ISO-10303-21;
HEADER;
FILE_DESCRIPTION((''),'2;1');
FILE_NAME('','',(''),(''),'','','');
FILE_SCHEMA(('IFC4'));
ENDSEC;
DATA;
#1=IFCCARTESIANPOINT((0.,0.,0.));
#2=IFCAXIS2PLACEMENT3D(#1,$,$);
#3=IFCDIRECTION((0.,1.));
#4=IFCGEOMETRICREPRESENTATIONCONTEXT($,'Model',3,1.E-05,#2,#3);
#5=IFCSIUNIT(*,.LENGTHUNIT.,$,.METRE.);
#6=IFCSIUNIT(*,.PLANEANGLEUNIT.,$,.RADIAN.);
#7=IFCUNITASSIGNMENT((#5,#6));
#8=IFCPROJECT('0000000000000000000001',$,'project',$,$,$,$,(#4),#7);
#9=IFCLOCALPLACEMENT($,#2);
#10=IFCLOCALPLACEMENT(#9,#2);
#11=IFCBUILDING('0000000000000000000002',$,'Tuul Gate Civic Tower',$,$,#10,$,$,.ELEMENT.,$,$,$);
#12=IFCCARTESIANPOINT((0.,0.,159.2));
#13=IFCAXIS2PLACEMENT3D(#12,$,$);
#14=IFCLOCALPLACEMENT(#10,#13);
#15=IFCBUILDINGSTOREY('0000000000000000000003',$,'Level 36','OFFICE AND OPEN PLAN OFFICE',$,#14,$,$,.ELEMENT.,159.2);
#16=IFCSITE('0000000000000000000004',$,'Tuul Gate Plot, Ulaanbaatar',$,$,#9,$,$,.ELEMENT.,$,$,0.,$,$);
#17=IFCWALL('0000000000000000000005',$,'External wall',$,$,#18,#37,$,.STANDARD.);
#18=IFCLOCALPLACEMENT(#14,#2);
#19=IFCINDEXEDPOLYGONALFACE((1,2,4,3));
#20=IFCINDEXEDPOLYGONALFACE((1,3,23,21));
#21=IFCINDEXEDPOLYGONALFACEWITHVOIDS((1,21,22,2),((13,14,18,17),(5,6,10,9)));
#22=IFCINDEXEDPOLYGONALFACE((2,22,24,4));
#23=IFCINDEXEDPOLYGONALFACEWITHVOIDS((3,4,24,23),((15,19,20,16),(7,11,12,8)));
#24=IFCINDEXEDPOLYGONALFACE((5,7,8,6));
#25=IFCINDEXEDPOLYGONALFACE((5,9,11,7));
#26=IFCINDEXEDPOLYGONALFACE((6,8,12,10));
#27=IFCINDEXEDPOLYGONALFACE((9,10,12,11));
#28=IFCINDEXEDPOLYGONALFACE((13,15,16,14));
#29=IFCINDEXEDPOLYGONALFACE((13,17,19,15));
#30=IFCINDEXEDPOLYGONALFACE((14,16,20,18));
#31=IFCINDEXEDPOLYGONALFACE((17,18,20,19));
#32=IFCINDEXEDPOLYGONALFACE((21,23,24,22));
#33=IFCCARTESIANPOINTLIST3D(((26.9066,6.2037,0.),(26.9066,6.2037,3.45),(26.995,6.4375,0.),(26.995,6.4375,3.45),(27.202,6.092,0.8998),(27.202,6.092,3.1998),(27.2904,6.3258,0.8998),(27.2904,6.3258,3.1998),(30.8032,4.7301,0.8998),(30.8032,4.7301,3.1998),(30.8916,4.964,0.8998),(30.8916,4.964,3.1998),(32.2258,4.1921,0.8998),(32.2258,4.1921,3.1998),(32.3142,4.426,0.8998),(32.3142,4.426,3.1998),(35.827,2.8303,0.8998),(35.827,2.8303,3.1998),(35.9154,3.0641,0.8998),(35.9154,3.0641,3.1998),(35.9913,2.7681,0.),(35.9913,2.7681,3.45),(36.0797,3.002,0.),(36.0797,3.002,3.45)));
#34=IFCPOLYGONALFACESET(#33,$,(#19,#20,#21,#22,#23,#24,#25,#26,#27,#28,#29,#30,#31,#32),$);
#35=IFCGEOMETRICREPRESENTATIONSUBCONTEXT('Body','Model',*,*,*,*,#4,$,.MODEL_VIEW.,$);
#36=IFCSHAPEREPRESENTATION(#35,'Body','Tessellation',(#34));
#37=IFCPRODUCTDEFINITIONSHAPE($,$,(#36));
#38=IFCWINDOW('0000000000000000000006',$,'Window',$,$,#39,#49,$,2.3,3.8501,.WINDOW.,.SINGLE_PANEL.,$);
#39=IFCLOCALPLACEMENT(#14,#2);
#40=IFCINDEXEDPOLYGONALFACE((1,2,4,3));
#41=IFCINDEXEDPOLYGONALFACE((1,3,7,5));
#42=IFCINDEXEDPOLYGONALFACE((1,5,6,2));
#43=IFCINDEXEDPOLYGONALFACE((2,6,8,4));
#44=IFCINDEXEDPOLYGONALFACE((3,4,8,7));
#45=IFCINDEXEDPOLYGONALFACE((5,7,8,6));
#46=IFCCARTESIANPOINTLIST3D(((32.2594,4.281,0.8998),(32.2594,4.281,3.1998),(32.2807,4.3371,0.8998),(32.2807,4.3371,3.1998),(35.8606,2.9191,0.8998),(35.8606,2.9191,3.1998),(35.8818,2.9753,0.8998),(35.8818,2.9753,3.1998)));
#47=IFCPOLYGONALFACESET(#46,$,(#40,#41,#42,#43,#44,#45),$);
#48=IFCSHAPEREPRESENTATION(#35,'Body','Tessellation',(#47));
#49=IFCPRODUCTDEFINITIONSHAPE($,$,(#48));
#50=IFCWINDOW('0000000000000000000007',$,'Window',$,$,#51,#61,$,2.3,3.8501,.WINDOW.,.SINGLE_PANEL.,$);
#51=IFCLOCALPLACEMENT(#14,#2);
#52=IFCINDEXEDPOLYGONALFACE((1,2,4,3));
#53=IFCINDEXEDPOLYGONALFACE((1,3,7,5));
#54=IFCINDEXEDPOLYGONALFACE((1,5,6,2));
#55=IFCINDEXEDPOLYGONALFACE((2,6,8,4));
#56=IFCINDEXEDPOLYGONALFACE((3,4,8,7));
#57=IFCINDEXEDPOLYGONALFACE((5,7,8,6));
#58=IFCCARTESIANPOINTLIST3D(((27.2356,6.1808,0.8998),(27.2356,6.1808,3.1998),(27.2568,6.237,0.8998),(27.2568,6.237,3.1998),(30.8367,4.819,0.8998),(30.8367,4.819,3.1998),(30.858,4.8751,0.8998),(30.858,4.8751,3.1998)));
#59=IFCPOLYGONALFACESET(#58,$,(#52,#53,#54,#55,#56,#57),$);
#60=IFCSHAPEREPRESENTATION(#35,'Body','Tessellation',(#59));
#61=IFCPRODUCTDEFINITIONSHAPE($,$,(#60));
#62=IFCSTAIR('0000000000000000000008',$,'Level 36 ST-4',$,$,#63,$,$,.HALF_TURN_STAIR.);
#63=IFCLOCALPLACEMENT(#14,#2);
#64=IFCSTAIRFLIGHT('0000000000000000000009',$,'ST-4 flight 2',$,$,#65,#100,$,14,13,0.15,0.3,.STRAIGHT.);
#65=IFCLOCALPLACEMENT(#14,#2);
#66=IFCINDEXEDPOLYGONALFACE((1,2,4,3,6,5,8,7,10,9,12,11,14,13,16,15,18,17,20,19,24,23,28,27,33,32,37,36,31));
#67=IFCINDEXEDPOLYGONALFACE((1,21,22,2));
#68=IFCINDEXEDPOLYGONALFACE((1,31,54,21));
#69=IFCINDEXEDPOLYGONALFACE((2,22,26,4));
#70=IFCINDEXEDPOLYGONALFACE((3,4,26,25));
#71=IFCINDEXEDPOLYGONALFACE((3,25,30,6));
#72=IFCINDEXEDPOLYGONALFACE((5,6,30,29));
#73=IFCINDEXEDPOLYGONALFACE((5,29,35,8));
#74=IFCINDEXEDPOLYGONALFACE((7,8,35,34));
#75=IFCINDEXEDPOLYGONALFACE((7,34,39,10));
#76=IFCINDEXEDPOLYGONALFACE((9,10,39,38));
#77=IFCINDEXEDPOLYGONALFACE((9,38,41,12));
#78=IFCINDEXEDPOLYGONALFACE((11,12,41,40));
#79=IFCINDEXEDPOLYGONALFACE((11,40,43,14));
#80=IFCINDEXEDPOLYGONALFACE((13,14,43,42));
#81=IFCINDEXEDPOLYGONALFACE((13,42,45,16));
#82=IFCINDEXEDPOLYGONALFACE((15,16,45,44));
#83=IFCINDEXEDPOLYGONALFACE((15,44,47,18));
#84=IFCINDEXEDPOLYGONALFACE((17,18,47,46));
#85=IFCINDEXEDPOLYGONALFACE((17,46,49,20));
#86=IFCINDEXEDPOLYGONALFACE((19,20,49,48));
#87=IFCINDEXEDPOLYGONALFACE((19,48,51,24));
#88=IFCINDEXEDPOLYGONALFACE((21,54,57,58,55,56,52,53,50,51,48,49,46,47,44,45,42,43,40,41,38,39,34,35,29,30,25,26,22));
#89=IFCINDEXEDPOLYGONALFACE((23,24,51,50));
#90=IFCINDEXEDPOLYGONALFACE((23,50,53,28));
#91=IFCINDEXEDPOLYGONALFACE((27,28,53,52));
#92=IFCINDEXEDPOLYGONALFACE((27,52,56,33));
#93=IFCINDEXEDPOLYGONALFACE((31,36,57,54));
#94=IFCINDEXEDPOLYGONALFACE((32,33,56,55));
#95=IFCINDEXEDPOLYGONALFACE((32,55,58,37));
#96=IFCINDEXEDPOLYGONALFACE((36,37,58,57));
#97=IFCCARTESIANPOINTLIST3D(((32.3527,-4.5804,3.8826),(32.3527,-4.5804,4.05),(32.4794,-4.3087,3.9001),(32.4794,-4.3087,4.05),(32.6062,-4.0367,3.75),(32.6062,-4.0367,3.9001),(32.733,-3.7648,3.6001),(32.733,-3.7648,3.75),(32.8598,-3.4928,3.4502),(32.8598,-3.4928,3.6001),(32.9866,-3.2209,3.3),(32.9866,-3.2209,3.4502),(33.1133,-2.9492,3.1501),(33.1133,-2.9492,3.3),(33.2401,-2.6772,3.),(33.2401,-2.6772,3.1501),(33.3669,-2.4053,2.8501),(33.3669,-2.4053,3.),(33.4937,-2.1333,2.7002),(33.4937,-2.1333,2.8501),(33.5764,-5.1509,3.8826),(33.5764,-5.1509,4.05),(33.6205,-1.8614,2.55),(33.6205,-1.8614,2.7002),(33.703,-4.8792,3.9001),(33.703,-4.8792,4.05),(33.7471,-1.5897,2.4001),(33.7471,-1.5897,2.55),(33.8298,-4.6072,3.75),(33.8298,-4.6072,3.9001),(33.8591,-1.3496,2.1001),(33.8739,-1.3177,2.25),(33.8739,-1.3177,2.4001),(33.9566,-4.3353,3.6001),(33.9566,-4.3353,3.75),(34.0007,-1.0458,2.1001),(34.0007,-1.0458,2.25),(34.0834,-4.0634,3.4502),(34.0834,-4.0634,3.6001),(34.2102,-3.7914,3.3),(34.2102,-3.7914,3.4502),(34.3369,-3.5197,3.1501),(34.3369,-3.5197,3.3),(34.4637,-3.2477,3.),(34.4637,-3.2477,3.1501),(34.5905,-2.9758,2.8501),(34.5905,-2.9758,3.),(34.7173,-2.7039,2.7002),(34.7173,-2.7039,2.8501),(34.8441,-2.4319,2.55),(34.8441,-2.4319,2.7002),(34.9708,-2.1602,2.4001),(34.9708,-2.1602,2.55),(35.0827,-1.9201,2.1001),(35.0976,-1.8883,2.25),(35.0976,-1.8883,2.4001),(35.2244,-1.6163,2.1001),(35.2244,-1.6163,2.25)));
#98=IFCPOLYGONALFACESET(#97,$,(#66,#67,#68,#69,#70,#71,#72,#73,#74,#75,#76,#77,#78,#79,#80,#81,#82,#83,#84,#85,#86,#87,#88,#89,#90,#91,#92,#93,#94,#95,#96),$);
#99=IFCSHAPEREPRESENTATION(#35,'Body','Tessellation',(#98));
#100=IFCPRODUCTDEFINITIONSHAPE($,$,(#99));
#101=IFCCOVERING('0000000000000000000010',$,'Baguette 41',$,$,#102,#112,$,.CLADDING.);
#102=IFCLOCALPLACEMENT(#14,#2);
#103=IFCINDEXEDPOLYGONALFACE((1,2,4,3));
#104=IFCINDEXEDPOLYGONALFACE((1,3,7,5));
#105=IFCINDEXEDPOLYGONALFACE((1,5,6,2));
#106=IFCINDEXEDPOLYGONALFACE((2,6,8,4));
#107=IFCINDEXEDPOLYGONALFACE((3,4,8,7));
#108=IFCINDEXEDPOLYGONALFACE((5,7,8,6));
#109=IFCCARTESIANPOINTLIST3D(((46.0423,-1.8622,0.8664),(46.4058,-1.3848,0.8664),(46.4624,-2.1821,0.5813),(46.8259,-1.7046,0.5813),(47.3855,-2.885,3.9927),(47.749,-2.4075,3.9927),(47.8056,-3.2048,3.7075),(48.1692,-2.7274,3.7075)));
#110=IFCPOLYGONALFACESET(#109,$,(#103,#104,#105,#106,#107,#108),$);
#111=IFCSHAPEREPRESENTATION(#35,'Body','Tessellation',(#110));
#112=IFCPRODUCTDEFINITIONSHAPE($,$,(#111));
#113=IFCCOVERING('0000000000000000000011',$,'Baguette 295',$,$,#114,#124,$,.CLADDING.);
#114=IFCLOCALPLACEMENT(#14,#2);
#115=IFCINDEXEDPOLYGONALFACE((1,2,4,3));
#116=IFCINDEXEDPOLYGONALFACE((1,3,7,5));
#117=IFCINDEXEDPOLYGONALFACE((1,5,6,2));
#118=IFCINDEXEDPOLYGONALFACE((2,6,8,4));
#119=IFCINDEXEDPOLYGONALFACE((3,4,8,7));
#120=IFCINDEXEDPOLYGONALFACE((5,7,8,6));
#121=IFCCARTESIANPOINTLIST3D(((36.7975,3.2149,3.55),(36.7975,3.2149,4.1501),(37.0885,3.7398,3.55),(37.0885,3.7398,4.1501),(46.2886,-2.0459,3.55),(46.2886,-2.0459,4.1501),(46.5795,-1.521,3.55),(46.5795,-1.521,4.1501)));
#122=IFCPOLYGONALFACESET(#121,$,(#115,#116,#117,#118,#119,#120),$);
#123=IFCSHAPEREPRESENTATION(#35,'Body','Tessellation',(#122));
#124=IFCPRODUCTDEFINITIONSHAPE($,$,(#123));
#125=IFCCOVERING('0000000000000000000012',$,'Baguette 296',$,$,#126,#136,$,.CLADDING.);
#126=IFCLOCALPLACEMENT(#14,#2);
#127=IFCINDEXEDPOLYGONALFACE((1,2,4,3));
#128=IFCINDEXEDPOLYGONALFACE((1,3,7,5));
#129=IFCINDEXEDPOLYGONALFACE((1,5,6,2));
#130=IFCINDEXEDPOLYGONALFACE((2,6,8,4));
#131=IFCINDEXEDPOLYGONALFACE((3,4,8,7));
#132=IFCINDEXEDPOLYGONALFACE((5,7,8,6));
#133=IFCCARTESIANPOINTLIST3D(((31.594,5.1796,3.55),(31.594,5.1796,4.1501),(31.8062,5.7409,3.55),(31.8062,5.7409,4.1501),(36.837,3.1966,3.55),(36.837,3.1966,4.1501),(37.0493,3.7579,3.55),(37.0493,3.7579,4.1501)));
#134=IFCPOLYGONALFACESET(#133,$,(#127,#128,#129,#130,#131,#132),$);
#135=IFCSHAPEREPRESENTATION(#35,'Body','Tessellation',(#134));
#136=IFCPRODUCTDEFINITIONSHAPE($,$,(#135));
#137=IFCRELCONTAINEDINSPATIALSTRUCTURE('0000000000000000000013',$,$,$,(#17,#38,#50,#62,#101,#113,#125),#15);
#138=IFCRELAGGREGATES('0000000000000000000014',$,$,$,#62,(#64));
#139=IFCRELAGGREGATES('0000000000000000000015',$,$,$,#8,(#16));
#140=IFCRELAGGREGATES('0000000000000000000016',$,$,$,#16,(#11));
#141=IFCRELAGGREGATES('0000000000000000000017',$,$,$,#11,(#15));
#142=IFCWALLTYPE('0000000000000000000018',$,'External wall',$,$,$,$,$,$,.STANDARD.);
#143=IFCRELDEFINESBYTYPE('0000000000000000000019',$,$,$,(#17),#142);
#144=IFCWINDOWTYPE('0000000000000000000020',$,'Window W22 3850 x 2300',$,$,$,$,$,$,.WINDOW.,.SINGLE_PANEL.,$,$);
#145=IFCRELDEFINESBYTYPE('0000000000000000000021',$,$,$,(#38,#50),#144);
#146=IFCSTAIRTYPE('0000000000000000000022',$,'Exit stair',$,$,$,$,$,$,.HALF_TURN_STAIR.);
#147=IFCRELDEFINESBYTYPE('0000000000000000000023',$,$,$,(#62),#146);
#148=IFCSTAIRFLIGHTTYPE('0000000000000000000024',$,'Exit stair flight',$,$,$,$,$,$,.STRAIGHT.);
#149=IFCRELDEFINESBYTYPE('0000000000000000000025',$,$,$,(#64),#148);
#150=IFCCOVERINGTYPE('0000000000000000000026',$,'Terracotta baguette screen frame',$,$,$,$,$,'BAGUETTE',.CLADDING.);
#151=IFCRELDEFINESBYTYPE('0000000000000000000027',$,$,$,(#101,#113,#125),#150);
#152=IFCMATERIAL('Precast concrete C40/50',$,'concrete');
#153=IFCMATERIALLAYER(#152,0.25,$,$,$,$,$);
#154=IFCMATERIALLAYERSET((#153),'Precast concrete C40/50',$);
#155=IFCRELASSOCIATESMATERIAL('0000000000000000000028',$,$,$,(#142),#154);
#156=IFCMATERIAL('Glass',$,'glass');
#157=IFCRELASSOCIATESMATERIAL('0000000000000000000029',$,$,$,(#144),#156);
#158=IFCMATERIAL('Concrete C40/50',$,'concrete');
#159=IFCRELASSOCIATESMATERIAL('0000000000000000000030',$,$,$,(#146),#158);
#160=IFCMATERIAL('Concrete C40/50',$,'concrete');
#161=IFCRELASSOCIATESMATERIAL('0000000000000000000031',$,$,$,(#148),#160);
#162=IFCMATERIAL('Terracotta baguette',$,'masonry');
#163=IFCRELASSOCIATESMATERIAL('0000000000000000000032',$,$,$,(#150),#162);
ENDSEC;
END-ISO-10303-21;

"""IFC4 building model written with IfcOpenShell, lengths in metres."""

from ifc_helpers import new_model, si_unit, direction, frame, frame_2d, origin, origin_2d, place, context, subcontext, project, spatial, polyline, rectangle, outline, extrude, material, layer, layer_set, material_profile, profile_set, type_object, element, fill, aggregate, save


model = new_model("IFC4")

# Units and contexts
model_context = context("Model", 3, precision=1e-05, world=origin(), true_north=direction((0.0, 1.0)))
body_context = subcontext(model_context, "Body", "Model", "MODEL_VIEW")
ifc_project = project(units=[si_unit("LENGTHUNIT", "METRE"), si_unit("PLANEANGLEUNIT", "RADIAN")], contexts=[model_context])

# Site, building, storey
site_placement = place(None, origin())
site = spatial("IfcSite", under=ifc_project, at=site_placement, Name="Tuul Gate Plot, Ulaanbaatar", CompositionType="ELEMENT", RefElevation=0.0)
building_placement = place(site_placement, origin())
building = spatial("IfcBuilding", under=site, at=building_placement, Name="Tuul Gate Civic Tower", CompositionType="ELEMENT")
storey_placement = place(building_placement, frame((0.0, 0.0, 159.2)))
storey = spatial("IfcBuildingStorey", under=building, at=storey_placement, Name="Level 36", Description="OFFICE AND OPEN PLAN OFFICE", CompositionType="ELEMENT", Elevation=159.2)

# Wall, openings, windows
ifc_material_1 = material(Name="Precast concrete C40/50", Category="concrete")
ifc_layer_1 = layer(ifc_material_1, 0.25)
ifc_layer_set_1 = layer_set([ifc_layer_1], Name="Precast concrete C40/50")
wall_type_1 = type_object("IfcWallType", Name="External wall", PredefinedType="STANDARD", material=ifc_layer_set_1)
ifc_material_2 = material(Name="Glass", Category="glass")
window_type = type_object("IfcWindowType", Name="Window W22 3850 x 2300", PartitioningType="SINGLE_PANEL", PredefinedType="WINDOW", material=ifc_material_2)
wall_1_placement = place(storey_placement, frame((36.0356, 2.885, 0.0), z_axis=(0.0, 0.0, 1.0), x_axis=(-0.935351, 0.35372, 0.0)))
wall_1 = element("IfcWall", 1, at=wall_1_placement, inside=storey, type_object=wall_type_1, Name="External wall", PredefinedType="STANDARD", context=body_context, shape_type="SweptSolid", body=[
    extrude(rectangle(XDim=9.7126, YDim=0.25, at=frame_2d((4.8564, 0.0))), origin(), (0.0, 0.0, 1.0), 3.45),
])
opening_1_placement = place(wall_1_placement, frame((0.1758, 0.0, 0.8999)))
opening_1 = element("IfcOpeningElement", 2, at=opening_1_placement, cuts=wall_1, PredefinedType="OPENING", context=body_context, shape_type="SweptSolid", body=[
    extrude(rectangle(XDim=3.8501, YDim=2.3, at=frame_2d((1.925, 1.1499))), frame((0.0, 0.135, 0.0), z_axis=(0.0, -1.0, 0.0), x_axis=(1.0, 0.0, 0.0)), (0.0, 0.0, 1.0), 0.27),
])
opening_2_placement = place(wall_1_placement, frame((5.5469, 0.0, 0.8999)))
opening_2 = element("IfcOpeningElement", 3, at=opening_2_placement, cuts=wall_1, PredefinedType="OPENING", context=body_context, shape_type="SweptSolid", body=[
    extrude(rectangle(XDim=3.8501, YDim=2.3, at=frame_2d((1.925, 1.1499))), frame((0.0, 0.135, 0.0), z_axis=(0.0, -1.0, 0.0), x_axis=(1.0, 0.0, 0.0)), (0.0, 0.0, 1.0), 0.27),
])
window_1_placement = place(opening_1_placement, origin())
window_1 = element("IfcWindow", 4, at=window_1_placement, inside=storey, type_object=window_type, Name="Window", OverallHeight=2.3, OverallWidth=3.8501, PartitioningType="SINGLE_PANEL", PredefinedType="WINDOW", context=body_context, shape_type="SweptSolid", body=[
    extrude(rectangle(XDim=3.8501, YDim=2.3, at=frame_2d((1.925, 1.1499))), frame((0.0, 0.03, 0.0), z_axis=(0.0, -1.0, 0.0), x_axis=(1.0, 0.0, 0.0)), (0.0, 0.0, 1.0), 0.0601),
])
fill(opening_1, window_1)
window_2_placement = place(opening_2_placement, origin())
window_2 = element("IfcWindow", 5, at=window_2_placement, inside=storey, type_object=window_type, Name="Window", OverallHeight=2.3, OverallWidth=3.8501, PartitioningType="SINGLE_PANEL", PredefinedType="WINDOW", context=body_context, shape_type="SweptSolid", body=[
    extrude(rectangle(XDim=3.8501, YDim=2.3, at=frame_2d((1.925, 1.1499))), frame((0.0, 0.03, 0.0), z_axis=(0.0, -1.0, 0.0), x_axis=(1.0, 0.0, 0.0)), (0.0, 0.0, 1.0), 0.0601),
])
fill(opening_2, window_2)

# Stair, stair flight
ifc_material_3 = material(Name="Concrete C40/50", Category="concrete")
stair_type = type_object("IfcStairType", Name="Exit stair", PredefinedType="HALF_TURN_STAIR", material=ifc_material_3)
stair_placement = place(storey_placement, origin())
stair = element("IfcStair", 6, at=stair_placement, inside=storey, type_object=stair_type, Name="Level 36 ST-4", PredefinedType="HALF_TURN_STAIR")
ifc_material_4 = material(Name="Concrete C40/50", Category="concrete")
stair_flight_type = type_object("IfcStairFlightType", Name="Exit stair flight", PredefinedType="STRAIGHT", material=ifc_material_4)
stair_flight_placement = place(storey_placement, frame((34.6125, -1.3311, 2.1001), z_axis=(0.0, 0.0, 1.0), x_axis=(-0.422576, -0.906327, 0.0)))
stair_flight = element("IfcStairFlight", 7, at=stair_flight_placement, type_object=stair_flight_type, Name="ST-4 flight 2", NumberOfRisers=14, NumberOfTreads=13, PredefinedType="STRAIGHT", RiserHeight=0.15, TreadLength=0.3, context=body_context, shape_type="SweptSolid", body=[
    extrude(outline(polyline([(0.0, 0.0), (0.0, 0.1499), (0.3, 0.1499), (0.3, 0.3), (0.6001, 0.3), (0.6001, 0.45), (0.8999, 0.45), (0.8999, 0.6001), (1.2, 0.6001), (1.2, 0.75), (1.5, 0.75), (1.5, 0.8999), (1.8, 0.8999), (1.8, 1.05), (2.1001, 1.05), (2.1001, 1.2), (2.3999, 1.2), (2.3999, 1.3501), (2.7, 1.3501), (2.7, 1.5), (3.0, 1.5), (3.0, 1.6499), (3.3, 1.6499), (3.3, 1.8), (3.6001, 1.8), (3.6001, 1.95), (3.8999, 1.95), (3.8999, 2.1001), (3.8999, 1.7825), (0.3352, 0.0), (0.0, 0.0)])), frame((0.0, 0.675, 0.0), z_axis=(0.0, -1.0, 0.0), x_axis=(1.0, 0.0, 0.0)), (0.0, 0.0, 1.0), 1.3501),
])
aggregate(stair, [stair_flight])

# Coverings
ifc_material_5 = material(Name="Terracotta baguette", Category="masonry")
ifc_material_profile_1 = material_profile(ifc_material_5, rectangle(XDim=0.6001, YDim=0.6001, at=origin_2d()), Name="Terracotta baguette screen frame")
ifc_profile_set_1 = profile_set([ifc_material_profile_1], Name="Terracotta baguette")
covering_type = type_object("IfcCoveringType", Name="Terracotta baguette screen frame", ElementType="BAGUETTE", PredefinedType="CLADDING", material=ifc_profile_set_1)
covering_1_placement = place(storey_placement, frame((47.7773, -2.8062, 3.8501), z_axis=(-0.378068, 0.287846, -0.879892), x_axis=(-0.605769, -0.795641, 0.0)))
element("IfcCovering", 8, at=covering_1_placement, inside=storey, type_object=covering_type, Name="Baguette 41", PredefinedType="CLADDING", context=body_context, shape_type="SweptSolid", body=[
    extrude(rectangle(XDim=0.6001, YDim=0.6001, at=origin_2d()), origin(), (0.0, 0.0, 1.0), 3.553),
])
covering_2_placement = place(storey_placement, frame((46.4341, -1.7834, 3.8501), z_axis=(-0.874627, 0.484796, 0.0), x_axis=(-0.484796, -0.874627, 0.0)))
element("IfcCovering", 9, at=covering_2_placement, inside=storey, type_object=covering_type, Name="Baguette 295", PredefinedType="CLADDING", context=body_context, shape_type="SweptSolid", body=[
    extrude(rectangle(XDim=0.6001, YDim=0.6001, at=origin_2d()), origin(), (0.0, 0.0, 1.0), 10.8516),
])
covering_3_placement = place(storey_placement, frame((36.9431, 3.4773, 3.8501), z_axis=(-0.935339, 0.353752, 0.0), x_axis=(-0.353752, -0.935339, 0.0)))
element("IfcCovering", 10, at=covering_3_placement, inside=storey, type_object=covering_type, Name="Baguette 296", PredefinedType="CLADDING", context=body_context, shape_type="SweptSolid", body=[
    extrude(rectangle(XDim=0.6001, YDim=0.6001, at=origin_2d()), origin(), (0.0, 0.0, 1.0), 5.6055),
])

save(model, "model.ifc")
